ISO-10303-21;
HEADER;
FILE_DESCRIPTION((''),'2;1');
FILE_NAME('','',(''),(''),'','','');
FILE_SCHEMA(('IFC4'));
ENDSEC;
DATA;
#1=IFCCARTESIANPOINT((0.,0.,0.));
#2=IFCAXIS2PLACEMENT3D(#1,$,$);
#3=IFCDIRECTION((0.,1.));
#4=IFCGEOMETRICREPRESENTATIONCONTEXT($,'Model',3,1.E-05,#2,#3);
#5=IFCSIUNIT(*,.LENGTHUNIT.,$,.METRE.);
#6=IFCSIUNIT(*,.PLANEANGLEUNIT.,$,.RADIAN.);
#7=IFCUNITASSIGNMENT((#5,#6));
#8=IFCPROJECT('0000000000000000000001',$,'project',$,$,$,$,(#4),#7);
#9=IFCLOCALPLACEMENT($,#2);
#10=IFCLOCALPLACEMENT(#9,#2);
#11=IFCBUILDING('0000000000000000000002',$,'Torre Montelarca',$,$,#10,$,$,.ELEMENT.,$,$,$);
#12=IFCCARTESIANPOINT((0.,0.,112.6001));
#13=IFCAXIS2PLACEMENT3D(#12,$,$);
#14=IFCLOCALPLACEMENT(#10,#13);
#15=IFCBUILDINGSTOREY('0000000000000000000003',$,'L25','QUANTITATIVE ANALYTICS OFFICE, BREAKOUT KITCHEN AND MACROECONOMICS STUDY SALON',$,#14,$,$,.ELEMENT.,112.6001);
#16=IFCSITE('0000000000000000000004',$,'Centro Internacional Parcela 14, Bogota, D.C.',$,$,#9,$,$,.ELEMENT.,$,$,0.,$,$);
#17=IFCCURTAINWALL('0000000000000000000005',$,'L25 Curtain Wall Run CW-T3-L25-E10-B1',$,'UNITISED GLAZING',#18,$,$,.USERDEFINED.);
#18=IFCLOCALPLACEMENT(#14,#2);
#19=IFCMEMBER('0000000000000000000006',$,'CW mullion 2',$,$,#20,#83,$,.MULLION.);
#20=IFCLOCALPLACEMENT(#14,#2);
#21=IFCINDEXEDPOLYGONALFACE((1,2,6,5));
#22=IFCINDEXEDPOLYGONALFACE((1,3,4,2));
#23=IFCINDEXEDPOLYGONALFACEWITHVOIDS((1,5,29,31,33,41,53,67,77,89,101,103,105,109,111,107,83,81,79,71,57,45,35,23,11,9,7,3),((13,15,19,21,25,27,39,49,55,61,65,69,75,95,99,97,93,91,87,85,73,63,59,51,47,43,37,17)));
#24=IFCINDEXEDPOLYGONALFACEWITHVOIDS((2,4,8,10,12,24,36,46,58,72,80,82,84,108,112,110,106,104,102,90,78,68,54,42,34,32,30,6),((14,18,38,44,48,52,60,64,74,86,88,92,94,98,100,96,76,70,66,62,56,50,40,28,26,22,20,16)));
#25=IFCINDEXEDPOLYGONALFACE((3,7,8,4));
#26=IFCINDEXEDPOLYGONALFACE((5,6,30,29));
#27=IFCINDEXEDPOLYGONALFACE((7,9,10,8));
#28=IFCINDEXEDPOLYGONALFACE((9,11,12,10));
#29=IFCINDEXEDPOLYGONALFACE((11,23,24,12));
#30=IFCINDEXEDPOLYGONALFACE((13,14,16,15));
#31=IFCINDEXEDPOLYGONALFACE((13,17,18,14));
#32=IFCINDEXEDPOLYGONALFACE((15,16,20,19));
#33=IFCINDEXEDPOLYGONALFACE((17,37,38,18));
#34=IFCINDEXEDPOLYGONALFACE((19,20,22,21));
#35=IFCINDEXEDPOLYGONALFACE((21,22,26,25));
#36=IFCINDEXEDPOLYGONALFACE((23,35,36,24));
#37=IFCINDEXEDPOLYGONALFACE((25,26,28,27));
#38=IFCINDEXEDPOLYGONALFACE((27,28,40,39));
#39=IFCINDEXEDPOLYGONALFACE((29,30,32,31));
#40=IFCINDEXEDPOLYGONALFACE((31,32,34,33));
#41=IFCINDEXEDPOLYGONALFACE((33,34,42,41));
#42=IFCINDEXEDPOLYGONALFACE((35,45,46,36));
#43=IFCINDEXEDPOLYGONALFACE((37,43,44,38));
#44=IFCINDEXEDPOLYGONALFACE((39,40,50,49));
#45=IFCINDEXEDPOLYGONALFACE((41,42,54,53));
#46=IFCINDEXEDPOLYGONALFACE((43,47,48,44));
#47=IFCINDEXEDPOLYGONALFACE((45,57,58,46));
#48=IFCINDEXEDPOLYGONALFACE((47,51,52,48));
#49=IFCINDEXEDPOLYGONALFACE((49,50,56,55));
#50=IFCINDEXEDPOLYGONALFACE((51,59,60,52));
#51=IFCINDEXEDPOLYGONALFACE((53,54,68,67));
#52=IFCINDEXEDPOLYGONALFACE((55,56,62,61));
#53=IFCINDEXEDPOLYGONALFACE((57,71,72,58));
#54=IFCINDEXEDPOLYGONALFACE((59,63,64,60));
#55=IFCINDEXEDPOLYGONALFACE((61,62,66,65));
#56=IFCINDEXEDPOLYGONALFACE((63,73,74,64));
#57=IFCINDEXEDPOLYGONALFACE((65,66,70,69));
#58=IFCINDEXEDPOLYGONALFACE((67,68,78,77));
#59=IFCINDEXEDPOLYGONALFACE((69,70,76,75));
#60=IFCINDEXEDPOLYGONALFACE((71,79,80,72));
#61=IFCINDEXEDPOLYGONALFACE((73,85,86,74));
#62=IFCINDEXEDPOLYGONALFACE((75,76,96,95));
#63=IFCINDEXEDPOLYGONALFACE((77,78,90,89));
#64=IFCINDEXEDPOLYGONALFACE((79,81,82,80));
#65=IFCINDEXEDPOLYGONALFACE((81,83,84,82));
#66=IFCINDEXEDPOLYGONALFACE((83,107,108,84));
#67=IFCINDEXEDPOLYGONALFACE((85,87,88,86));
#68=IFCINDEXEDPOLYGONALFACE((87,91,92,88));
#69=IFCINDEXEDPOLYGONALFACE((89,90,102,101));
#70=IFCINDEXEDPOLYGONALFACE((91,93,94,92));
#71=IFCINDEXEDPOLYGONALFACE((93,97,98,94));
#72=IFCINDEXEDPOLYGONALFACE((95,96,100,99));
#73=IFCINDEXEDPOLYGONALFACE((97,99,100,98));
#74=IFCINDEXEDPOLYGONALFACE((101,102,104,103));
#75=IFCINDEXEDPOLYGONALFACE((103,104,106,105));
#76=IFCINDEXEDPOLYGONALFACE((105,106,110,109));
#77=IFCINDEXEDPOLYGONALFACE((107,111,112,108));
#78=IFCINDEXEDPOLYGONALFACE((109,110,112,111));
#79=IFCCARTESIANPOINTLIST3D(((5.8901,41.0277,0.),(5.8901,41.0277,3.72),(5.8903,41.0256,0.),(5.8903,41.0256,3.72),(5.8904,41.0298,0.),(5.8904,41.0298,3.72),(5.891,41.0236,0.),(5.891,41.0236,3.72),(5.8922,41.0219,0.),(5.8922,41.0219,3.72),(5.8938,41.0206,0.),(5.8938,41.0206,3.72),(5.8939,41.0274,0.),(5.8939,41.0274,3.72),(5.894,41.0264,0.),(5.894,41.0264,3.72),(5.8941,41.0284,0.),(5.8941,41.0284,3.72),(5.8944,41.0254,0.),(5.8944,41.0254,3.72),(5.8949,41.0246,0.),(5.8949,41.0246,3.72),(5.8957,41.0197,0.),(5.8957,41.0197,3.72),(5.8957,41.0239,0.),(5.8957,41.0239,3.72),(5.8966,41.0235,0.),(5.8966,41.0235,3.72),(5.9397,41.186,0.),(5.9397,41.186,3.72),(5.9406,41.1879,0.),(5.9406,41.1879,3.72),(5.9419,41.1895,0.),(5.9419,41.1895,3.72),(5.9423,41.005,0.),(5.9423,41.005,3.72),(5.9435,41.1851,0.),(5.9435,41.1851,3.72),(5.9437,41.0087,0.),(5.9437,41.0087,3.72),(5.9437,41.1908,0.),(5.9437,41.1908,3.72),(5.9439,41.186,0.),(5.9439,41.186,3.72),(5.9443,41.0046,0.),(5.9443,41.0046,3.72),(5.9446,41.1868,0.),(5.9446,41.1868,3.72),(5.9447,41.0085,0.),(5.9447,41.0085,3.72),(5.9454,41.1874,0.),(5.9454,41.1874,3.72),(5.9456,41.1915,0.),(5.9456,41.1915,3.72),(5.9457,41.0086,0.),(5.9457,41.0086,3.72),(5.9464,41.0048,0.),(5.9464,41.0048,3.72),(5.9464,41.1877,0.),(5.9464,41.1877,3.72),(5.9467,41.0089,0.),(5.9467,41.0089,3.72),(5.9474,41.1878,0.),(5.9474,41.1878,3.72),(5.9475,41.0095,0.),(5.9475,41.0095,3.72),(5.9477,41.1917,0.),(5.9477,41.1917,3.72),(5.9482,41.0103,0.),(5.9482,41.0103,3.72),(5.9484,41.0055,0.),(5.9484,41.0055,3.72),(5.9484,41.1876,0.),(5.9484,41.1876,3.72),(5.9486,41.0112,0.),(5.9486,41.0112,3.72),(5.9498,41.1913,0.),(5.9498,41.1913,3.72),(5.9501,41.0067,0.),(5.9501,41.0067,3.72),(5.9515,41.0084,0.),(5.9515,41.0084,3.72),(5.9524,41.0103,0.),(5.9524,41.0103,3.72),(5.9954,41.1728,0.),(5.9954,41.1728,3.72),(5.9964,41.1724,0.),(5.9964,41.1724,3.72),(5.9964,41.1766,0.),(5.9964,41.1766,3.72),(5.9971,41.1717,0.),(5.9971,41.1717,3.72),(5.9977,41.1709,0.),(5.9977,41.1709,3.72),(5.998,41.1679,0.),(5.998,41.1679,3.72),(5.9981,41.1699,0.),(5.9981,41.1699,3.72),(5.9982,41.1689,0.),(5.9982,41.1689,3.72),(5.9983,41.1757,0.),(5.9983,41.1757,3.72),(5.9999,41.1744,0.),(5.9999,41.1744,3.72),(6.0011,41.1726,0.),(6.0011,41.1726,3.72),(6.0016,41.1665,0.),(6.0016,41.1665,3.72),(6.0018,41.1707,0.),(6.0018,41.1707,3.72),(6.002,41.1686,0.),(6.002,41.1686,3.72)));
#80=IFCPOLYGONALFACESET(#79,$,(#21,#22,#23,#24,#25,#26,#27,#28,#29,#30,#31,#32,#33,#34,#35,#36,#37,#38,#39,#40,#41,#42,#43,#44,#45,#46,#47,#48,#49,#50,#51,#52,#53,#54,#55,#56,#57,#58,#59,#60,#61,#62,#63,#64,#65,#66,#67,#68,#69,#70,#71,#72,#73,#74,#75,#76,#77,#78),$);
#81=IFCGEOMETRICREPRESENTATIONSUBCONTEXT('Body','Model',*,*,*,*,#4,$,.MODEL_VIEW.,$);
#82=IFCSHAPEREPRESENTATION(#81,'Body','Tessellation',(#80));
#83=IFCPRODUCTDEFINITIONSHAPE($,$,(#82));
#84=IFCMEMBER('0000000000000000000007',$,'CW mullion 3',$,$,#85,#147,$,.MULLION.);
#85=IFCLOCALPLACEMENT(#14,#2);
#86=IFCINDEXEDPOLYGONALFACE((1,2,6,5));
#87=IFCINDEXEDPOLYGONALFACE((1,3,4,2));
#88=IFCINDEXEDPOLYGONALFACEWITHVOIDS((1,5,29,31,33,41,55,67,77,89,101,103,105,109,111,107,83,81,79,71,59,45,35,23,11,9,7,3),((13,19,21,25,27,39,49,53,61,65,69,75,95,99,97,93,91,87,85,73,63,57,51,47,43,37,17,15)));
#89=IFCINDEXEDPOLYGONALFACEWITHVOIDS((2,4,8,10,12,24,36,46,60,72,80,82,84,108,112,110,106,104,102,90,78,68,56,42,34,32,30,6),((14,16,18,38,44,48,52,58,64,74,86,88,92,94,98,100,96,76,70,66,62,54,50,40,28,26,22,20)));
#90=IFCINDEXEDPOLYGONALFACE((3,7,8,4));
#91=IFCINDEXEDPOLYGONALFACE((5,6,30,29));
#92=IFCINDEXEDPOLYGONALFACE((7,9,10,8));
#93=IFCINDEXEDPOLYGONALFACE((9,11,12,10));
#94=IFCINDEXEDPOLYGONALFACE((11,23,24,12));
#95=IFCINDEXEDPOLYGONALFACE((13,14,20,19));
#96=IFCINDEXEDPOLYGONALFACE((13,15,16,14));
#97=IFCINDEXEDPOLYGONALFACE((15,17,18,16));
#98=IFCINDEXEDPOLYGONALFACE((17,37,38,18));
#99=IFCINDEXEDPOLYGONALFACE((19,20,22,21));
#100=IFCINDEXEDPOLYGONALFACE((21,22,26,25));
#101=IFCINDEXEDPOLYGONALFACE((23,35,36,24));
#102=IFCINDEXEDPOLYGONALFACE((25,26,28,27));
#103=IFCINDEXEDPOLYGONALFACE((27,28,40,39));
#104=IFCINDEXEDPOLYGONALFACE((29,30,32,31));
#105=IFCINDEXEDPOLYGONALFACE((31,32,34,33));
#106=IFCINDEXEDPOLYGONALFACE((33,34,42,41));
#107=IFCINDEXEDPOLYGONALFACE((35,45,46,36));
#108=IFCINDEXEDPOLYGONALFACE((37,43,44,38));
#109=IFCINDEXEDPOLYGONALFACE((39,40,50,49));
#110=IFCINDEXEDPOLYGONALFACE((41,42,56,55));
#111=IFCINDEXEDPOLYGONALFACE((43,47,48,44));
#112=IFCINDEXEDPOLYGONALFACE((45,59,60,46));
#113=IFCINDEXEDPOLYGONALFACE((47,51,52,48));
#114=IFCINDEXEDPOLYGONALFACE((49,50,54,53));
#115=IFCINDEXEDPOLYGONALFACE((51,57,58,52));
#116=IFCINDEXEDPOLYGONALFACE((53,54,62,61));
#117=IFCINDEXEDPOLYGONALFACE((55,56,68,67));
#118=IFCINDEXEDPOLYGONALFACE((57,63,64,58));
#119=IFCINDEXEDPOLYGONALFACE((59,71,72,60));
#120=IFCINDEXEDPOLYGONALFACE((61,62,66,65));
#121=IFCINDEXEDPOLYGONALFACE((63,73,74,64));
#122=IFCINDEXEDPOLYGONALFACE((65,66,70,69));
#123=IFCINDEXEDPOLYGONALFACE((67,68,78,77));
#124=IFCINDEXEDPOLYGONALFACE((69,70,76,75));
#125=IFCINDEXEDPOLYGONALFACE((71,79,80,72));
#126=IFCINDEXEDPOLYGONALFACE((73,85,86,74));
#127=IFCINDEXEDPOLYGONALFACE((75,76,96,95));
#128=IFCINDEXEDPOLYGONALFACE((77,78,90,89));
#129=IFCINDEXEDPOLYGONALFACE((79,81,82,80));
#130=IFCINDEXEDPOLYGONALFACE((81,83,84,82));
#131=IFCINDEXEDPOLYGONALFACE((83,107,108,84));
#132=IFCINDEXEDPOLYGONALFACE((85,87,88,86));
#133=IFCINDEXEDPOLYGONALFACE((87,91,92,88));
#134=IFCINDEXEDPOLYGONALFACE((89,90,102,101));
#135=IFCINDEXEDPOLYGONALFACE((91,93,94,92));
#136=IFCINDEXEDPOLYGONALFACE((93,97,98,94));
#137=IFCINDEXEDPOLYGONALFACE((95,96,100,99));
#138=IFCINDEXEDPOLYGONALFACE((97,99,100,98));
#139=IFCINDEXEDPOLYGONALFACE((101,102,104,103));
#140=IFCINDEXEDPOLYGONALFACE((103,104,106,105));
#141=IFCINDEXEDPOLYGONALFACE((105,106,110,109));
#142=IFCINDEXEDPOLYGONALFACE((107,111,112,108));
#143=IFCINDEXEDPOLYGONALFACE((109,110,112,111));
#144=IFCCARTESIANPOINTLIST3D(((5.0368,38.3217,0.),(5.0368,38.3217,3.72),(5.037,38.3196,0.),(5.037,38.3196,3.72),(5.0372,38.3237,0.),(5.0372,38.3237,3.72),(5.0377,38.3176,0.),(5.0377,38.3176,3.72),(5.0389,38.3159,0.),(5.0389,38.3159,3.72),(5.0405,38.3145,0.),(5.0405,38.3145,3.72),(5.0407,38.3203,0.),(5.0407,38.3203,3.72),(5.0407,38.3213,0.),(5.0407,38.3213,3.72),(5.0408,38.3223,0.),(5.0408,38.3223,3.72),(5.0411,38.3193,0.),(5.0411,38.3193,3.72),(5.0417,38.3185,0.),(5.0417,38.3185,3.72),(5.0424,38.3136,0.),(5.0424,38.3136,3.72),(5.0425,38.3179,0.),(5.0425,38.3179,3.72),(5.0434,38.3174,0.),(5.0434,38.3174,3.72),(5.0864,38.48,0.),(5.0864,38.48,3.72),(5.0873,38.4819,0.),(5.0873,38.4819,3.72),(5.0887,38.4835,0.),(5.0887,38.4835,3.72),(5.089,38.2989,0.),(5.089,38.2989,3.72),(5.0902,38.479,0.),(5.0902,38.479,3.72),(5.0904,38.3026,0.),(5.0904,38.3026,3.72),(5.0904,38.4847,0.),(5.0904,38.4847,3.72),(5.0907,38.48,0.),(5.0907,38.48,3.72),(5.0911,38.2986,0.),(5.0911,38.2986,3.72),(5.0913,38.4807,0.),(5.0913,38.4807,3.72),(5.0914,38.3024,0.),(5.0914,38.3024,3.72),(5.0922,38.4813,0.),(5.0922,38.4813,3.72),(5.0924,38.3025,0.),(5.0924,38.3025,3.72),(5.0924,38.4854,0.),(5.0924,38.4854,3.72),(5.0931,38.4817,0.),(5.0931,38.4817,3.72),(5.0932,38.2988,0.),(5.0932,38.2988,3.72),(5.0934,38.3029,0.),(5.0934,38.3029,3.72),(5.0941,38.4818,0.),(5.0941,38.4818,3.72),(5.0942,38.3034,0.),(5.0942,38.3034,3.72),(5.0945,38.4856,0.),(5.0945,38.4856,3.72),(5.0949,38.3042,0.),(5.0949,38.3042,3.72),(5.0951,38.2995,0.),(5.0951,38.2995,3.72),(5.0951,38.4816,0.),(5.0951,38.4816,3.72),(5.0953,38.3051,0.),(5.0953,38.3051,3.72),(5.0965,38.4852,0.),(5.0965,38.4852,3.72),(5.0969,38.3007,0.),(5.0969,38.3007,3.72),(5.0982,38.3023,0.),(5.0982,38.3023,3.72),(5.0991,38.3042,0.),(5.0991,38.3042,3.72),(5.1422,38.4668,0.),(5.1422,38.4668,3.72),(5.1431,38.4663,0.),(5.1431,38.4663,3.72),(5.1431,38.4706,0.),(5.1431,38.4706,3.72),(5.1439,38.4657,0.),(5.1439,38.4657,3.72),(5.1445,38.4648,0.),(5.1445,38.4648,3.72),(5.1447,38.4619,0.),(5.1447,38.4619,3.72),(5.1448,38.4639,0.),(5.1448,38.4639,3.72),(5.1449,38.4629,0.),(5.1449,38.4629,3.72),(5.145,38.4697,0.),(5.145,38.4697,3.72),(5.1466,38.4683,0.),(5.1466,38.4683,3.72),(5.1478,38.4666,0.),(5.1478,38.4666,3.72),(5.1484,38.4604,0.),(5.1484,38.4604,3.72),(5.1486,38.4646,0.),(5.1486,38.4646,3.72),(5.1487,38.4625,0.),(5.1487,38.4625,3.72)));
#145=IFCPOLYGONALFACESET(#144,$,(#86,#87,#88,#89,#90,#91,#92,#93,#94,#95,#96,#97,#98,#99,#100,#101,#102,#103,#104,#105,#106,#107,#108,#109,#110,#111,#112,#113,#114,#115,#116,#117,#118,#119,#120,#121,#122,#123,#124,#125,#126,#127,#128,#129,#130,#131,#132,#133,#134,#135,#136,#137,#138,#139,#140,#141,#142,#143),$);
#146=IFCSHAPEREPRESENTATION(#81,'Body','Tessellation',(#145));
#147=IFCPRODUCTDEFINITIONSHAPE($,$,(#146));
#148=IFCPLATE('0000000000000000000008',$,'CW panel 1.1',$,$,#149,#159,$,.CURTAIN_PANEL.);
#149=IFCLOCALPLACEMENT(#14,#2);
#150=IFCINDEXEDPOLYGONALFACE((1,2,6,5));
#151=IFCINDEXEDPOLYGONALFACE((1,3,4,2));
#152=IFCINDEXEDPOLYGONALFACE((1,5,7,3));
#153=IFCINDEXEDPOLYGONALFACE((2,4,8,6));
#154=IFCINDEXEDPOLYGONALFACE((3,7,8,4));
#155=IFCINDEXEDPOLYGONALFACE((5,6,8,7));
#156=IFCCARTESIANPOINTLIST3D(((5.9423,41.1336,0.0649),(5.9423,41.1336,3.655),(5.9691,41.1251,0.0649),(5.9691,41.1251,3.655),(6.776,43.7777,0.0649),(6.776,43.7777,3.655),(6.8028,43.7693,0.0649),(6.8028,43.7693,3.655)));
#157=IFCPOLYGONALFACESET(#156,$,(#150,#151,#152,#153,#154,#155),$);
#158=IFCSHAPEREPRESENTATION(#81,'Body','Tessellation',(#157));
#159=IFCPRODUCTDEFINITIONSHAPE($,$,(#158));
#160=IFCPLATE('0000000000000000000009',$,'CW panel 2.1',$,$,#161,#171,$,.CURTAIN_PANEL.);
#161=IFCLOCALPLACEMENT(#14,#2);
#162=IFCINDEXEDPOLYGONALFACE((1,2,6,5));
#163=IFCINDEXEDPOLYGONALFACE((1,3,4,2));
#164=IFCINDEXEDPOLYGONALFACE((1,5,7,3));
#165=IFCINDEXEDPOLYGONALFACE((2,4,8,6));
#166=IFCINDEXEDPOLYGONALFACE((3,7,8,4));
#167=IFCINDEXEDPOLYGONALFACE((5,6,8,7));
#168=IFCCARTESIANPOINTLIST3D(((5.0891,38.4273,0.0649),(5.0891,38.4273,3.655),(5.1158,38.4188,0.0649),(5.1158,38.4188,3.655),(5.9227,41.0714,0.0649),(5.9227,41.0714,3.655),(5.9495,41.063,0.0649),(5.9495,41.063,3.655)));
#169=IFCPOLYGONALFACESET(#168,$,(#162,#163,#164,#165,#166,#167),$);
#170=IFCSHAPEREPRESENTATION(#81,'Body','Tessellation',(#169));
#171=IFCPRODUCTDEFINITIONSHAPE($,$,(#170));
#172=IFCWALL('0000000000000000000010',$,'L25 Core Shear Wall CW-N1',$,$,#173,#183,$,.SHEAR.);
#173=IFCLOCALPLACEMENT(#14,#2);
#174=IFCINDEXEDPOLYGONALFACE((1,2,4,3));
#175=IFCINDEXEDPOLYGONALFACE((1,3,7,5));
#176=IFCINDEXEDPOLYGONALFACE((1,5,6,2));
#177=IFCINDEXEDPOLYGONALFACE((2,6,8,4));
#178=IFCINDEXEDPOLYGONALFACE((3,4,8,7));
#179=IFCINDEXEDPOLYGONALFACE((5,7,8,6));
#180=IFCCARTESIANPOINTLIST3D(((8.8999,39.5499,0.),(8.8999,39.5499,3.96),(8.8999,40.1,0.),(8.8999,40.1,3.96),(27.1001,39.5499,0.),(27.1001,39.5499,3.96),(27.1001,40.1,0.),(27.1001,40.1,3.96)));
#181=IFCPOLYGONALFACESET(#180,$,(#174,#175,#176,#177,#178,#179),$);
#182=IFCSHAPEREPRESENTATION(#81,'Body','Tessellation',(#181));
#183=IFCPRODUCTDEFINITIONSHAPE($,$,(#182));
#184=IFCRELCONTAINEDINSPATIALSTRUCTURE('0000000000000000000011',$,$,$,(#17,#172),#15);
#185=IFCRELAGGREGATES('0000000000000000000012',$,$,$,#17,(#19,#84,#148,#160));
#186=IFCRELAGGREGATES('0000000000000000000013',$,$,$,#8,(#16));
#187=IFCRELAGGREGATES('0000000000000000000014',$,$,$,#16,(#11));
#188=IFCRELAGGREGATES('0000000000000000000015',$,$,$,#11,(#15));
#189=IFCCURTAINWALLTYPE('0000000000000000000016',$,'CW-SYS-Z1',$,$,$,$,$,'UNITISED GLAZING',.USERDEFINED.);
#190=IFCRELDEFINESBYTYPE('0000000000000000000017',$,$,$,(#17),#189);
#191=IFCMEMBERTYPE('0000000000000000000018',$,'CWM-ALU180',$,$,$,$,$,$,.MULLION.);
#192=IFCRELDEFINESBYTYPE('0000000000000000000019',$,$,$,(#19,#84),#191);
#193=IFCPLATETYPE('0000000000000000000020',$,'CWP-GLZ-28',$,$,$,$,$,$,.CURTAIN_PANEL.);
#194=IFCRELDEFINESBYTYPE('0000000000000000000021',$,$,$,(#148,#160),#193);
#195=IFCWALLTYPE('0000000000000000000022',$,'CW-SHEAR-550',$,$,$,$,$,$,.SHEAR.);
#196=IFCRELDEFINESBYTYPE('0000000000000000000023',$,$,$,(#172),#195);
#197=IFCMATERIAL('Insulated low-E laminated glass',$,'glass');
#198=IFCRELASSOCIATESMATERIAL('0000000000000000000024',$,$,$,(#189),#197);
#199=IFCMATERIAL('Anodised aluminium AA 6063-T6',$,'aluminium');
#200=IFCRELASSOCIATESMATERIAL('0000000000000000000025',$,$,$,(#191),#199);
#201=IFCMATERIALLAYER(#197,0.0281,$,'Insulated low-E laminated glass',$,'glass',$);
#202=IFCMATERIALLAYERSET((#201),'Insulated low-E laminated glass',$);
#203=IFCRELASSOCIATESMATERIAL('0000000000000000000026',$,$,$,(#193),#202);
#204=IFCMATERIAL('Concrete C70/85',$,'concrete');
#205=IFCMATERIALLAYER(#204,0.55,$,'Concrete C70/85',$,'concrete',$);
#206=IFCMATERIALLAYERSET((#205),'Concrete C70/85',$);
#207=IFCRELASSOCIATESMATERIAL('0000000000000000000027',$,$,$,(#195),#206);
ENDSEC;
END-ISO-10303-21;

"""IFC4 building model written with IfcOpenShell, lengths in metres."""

from ifc_helpers import new_model, si_unit, direction, frame, frame_2d, origin, origin_2d, place, context, subcontext, project, spatial, rectangle, hollow_rectangle, extrude, source, transform, mapped, material, layer, layer_set, material_profile, profile_set, type_object, element, aggregate, save


model = new_model("IFC4")

# Units and contexts
model_context = context("Model", 3, precision=1e-05, world=origin(), true_north=direction((0.0, 1.0)))
body_context = subcontext(model_context, "Body", "Model", "MODEL_VIEW")
ifc_project = project(units=[si_unit("LENGTHUNIT", "METRE"), si_unit("PLANEANGLEUNIT", "RADIAN")], contexts=[model_context])

# Site, building, storey
site_placement = place(None, origin())
site = spatial("IfcSite", under=ifc_project, at=site_placement, Name="Centro Internacional Parcela 14, Bogota, D.C.", CompositionType="ELEMENT", RefElevation=0.0)
building_placement = place(site_placement, origin())
building = spatial("IfcBuilding", under=site, at=building_placement, Name="Torre Montelarca", CompositionType="ELEMENT")
storey_placement = place(building_placement, frame((0.0, 0.0, 112.6001)))
storey = spatial("IfcBuildingStorey", under=building, at=storey_placement, Name="L25", Description="QUANTITATIVE ANALYTICS OFFICE, BREAKOUT KITCHEN AND MACROECONOMICS STUDY SALON", CompositionType="ELEMENT", Elevation=112.6001)

# Curtain wall
ifc_material_1 = material(Name="Insulated low-E laminated glass", Category="glass")
curtain_wall_type = type_object("IfcCurtainWallType", Name="CW-SYS-Z1", ElementType="UNITISED GLAZING", PredefinedType="USERDEFINED", material=ifc_material_1)
curtain_wall_1_placement = place(storey_placement, origin())
curtain_wall_1 = element("IfcCurtainWall", 1, at=curtain_wall_1_placement, inside=storey, type_object=curtain_wall_type, Name="L25 Curtain Wall Run CW-T3-L25-E10-B1", ObjectType="UNITISED GLAZING", PredefinedType="USERDEFINED")
ifc_material_2 = material(Name="Anodised aluminium AA 6063-T6", Category="aluminium")

# Shared definitions
ifc_material_profile_1 = material_profile(ifc_material_2, hollow_rectangle(XDim=0.0649, YDim=0.1799, WallThickness=0.0039, InnerFilletRadius=0.0039, OuterFilletRadius=0.0081, at=origin_2d()), Name="ALU65X180X4", Category="aluminium")
ifc_profile_set_1 = profile_set([ifc_material_profile_1], Name="Anodised aluminium AA 6063-T6")
member_type_1 = type_object("IfcMemberType", Name="CWM-ALU180", PredefinedType="MULLION", material=ifc_profile_set_1)
shared_shape_1 = source(origin(), body_context, "Body", "SweptSolid", [
    extrude(hollow_rectangle(XDim=0.0649, YDim=0.1799, WallThickness=0.0039, InnerFilletRadius=0.0039, OuterFilletRadius=0.0081, at=origin_2d()), origin(), (0.0, 0.0, 1.0), 3.72),
])

# Members
member_1_placement = place(storey_placement, frame((5.946, 41.0981, 0.0), z_axis=(0.0, 0.0, 1.0), x_axis=(0.953719, -0.300699, 0.0)))
member_1 = element("IfcMember", 2, at=member_1_placement, type_object=member_type_1, Name="CW mullion 2", PredefinedType="MULLION", context=body_context, shape_type="MappedRepresentation", body=[
    mapped(shared_shape_1, transform((0.0, 0.0, 0.0), scale=1.0)),
])
member_2_placement = place(storey_placement, frame((5.0928, 38.3921, 0.0), z_axis=(0.0, 0.0, 1.0), x_axis=(0.953719, -0.300699, 0.0)))
member_2 = element("IfcMember", 3, at=member_2_placement, type_object=member_type_1, Name="CW mullion 3", PredefinedType="MULLION", context=body_context, shape_type="MappedRepresentation", body=[
    mapped(shared_shape_1, transform((0.0, 0.0, 0.0), scale=1.0)),
])

# Plates
ifc_layer_1 = layer(ifc_material_1, 0.0281, Name="Insulated low-E laminated glass", Category="glass")
ifc_layer_set_1 = layer_set([ifc_layer_1], Name="Insulated low-E laminated glass")
plate_type = type_object("IfcPlateType", Name="CWP-GLZ-28", PredefinedType="CURTAIN_PANEL", material=ifc_layer_set_1)
shared_shape_2 = source(origin(), body_context, "Body", "SweptSolid", [
    extrude(rectangle(XDim=2.7725, YDim=0.0281, at=origin_2d()), origin(), (0.0, 0.0, 1.0), 3.5901),
])
plate_1_placement = place(storey_placement, frame((6.3726, 42.4514, 0.0649), z_axis=(0.0, 0.0, 1.0), x_axis=(-0.300699, -0.953719, 0.0)))
plate_1 = element("IfcPlate", 4, at=plate_1_placement, type_object=plate_type, Name="CW panel 1.1", PredefinedType="CURTAIN_PANEL", context=body_context, shape_type="MappedRepresentation", body=[
    mapped(shared_shape_2, transform((0.0, 0.0, 0.0), scale=1.0)),
])
plate_2_placement = place(storey_placement, frame((5.5193, 39.7451, 0.0649), z_axis=(0.0, 0.0, 1.0), x_axis=(-0.300699, -0.953719, 0.0)))
plate_2 = element("IfcPlate", 5, at=plate_2_placement, type_object=plate_type, Name="CW panel 2.1", PredefinedType="CURTAIN_PANEL", context=body_context, shape_type="MappedRepresentation", body=[
    mapped(shared_shape_2, transform((0.0, 0.0, 0.0), scale=1.0)),
])
aggregate(curtain_wall_1, [member_1, member_2, plate_1, plate_2])

# Wall
ifc_material_3 = material(Name="Concrete C70/85", Category="concrete")
ifc_layer_2 = layer(ifc_material_3, 0.55, Name="Concrete C70/85", Category="concrete")
ifc_layer_set_2 = layer_set([ifc_layer_2], Name="Concrete C70/85")
wall_type_1 = type_object("IfcWallType", Name="CW-SHEAR-550", PredefinedType="SHEAR", material=ifc_layer_set_2)
wall_1_placement = place(storey_placement, frame((8.8999, 39.825, 0.0), z_axis=(0.0, 0.0, 1.0), x_axis=(1.0, 0.0, 0.0)))
element("IfcWall", 6, at=wall_1_placement, inside=storey, type_object=wall_type_1, Name="L25 Core Shear Wall CW-N1", PredefinedType="SHEAR", context=body_context, shape_type="SweptSolid", body=[
    extrude(rectangle(XDim=18.2002, YDim=0.55, at=frame_2d((9.1001, 0.0))), origin(), (0.0, 0.0, 1.0), 3.96),
])

save(model, "model.ifc")
